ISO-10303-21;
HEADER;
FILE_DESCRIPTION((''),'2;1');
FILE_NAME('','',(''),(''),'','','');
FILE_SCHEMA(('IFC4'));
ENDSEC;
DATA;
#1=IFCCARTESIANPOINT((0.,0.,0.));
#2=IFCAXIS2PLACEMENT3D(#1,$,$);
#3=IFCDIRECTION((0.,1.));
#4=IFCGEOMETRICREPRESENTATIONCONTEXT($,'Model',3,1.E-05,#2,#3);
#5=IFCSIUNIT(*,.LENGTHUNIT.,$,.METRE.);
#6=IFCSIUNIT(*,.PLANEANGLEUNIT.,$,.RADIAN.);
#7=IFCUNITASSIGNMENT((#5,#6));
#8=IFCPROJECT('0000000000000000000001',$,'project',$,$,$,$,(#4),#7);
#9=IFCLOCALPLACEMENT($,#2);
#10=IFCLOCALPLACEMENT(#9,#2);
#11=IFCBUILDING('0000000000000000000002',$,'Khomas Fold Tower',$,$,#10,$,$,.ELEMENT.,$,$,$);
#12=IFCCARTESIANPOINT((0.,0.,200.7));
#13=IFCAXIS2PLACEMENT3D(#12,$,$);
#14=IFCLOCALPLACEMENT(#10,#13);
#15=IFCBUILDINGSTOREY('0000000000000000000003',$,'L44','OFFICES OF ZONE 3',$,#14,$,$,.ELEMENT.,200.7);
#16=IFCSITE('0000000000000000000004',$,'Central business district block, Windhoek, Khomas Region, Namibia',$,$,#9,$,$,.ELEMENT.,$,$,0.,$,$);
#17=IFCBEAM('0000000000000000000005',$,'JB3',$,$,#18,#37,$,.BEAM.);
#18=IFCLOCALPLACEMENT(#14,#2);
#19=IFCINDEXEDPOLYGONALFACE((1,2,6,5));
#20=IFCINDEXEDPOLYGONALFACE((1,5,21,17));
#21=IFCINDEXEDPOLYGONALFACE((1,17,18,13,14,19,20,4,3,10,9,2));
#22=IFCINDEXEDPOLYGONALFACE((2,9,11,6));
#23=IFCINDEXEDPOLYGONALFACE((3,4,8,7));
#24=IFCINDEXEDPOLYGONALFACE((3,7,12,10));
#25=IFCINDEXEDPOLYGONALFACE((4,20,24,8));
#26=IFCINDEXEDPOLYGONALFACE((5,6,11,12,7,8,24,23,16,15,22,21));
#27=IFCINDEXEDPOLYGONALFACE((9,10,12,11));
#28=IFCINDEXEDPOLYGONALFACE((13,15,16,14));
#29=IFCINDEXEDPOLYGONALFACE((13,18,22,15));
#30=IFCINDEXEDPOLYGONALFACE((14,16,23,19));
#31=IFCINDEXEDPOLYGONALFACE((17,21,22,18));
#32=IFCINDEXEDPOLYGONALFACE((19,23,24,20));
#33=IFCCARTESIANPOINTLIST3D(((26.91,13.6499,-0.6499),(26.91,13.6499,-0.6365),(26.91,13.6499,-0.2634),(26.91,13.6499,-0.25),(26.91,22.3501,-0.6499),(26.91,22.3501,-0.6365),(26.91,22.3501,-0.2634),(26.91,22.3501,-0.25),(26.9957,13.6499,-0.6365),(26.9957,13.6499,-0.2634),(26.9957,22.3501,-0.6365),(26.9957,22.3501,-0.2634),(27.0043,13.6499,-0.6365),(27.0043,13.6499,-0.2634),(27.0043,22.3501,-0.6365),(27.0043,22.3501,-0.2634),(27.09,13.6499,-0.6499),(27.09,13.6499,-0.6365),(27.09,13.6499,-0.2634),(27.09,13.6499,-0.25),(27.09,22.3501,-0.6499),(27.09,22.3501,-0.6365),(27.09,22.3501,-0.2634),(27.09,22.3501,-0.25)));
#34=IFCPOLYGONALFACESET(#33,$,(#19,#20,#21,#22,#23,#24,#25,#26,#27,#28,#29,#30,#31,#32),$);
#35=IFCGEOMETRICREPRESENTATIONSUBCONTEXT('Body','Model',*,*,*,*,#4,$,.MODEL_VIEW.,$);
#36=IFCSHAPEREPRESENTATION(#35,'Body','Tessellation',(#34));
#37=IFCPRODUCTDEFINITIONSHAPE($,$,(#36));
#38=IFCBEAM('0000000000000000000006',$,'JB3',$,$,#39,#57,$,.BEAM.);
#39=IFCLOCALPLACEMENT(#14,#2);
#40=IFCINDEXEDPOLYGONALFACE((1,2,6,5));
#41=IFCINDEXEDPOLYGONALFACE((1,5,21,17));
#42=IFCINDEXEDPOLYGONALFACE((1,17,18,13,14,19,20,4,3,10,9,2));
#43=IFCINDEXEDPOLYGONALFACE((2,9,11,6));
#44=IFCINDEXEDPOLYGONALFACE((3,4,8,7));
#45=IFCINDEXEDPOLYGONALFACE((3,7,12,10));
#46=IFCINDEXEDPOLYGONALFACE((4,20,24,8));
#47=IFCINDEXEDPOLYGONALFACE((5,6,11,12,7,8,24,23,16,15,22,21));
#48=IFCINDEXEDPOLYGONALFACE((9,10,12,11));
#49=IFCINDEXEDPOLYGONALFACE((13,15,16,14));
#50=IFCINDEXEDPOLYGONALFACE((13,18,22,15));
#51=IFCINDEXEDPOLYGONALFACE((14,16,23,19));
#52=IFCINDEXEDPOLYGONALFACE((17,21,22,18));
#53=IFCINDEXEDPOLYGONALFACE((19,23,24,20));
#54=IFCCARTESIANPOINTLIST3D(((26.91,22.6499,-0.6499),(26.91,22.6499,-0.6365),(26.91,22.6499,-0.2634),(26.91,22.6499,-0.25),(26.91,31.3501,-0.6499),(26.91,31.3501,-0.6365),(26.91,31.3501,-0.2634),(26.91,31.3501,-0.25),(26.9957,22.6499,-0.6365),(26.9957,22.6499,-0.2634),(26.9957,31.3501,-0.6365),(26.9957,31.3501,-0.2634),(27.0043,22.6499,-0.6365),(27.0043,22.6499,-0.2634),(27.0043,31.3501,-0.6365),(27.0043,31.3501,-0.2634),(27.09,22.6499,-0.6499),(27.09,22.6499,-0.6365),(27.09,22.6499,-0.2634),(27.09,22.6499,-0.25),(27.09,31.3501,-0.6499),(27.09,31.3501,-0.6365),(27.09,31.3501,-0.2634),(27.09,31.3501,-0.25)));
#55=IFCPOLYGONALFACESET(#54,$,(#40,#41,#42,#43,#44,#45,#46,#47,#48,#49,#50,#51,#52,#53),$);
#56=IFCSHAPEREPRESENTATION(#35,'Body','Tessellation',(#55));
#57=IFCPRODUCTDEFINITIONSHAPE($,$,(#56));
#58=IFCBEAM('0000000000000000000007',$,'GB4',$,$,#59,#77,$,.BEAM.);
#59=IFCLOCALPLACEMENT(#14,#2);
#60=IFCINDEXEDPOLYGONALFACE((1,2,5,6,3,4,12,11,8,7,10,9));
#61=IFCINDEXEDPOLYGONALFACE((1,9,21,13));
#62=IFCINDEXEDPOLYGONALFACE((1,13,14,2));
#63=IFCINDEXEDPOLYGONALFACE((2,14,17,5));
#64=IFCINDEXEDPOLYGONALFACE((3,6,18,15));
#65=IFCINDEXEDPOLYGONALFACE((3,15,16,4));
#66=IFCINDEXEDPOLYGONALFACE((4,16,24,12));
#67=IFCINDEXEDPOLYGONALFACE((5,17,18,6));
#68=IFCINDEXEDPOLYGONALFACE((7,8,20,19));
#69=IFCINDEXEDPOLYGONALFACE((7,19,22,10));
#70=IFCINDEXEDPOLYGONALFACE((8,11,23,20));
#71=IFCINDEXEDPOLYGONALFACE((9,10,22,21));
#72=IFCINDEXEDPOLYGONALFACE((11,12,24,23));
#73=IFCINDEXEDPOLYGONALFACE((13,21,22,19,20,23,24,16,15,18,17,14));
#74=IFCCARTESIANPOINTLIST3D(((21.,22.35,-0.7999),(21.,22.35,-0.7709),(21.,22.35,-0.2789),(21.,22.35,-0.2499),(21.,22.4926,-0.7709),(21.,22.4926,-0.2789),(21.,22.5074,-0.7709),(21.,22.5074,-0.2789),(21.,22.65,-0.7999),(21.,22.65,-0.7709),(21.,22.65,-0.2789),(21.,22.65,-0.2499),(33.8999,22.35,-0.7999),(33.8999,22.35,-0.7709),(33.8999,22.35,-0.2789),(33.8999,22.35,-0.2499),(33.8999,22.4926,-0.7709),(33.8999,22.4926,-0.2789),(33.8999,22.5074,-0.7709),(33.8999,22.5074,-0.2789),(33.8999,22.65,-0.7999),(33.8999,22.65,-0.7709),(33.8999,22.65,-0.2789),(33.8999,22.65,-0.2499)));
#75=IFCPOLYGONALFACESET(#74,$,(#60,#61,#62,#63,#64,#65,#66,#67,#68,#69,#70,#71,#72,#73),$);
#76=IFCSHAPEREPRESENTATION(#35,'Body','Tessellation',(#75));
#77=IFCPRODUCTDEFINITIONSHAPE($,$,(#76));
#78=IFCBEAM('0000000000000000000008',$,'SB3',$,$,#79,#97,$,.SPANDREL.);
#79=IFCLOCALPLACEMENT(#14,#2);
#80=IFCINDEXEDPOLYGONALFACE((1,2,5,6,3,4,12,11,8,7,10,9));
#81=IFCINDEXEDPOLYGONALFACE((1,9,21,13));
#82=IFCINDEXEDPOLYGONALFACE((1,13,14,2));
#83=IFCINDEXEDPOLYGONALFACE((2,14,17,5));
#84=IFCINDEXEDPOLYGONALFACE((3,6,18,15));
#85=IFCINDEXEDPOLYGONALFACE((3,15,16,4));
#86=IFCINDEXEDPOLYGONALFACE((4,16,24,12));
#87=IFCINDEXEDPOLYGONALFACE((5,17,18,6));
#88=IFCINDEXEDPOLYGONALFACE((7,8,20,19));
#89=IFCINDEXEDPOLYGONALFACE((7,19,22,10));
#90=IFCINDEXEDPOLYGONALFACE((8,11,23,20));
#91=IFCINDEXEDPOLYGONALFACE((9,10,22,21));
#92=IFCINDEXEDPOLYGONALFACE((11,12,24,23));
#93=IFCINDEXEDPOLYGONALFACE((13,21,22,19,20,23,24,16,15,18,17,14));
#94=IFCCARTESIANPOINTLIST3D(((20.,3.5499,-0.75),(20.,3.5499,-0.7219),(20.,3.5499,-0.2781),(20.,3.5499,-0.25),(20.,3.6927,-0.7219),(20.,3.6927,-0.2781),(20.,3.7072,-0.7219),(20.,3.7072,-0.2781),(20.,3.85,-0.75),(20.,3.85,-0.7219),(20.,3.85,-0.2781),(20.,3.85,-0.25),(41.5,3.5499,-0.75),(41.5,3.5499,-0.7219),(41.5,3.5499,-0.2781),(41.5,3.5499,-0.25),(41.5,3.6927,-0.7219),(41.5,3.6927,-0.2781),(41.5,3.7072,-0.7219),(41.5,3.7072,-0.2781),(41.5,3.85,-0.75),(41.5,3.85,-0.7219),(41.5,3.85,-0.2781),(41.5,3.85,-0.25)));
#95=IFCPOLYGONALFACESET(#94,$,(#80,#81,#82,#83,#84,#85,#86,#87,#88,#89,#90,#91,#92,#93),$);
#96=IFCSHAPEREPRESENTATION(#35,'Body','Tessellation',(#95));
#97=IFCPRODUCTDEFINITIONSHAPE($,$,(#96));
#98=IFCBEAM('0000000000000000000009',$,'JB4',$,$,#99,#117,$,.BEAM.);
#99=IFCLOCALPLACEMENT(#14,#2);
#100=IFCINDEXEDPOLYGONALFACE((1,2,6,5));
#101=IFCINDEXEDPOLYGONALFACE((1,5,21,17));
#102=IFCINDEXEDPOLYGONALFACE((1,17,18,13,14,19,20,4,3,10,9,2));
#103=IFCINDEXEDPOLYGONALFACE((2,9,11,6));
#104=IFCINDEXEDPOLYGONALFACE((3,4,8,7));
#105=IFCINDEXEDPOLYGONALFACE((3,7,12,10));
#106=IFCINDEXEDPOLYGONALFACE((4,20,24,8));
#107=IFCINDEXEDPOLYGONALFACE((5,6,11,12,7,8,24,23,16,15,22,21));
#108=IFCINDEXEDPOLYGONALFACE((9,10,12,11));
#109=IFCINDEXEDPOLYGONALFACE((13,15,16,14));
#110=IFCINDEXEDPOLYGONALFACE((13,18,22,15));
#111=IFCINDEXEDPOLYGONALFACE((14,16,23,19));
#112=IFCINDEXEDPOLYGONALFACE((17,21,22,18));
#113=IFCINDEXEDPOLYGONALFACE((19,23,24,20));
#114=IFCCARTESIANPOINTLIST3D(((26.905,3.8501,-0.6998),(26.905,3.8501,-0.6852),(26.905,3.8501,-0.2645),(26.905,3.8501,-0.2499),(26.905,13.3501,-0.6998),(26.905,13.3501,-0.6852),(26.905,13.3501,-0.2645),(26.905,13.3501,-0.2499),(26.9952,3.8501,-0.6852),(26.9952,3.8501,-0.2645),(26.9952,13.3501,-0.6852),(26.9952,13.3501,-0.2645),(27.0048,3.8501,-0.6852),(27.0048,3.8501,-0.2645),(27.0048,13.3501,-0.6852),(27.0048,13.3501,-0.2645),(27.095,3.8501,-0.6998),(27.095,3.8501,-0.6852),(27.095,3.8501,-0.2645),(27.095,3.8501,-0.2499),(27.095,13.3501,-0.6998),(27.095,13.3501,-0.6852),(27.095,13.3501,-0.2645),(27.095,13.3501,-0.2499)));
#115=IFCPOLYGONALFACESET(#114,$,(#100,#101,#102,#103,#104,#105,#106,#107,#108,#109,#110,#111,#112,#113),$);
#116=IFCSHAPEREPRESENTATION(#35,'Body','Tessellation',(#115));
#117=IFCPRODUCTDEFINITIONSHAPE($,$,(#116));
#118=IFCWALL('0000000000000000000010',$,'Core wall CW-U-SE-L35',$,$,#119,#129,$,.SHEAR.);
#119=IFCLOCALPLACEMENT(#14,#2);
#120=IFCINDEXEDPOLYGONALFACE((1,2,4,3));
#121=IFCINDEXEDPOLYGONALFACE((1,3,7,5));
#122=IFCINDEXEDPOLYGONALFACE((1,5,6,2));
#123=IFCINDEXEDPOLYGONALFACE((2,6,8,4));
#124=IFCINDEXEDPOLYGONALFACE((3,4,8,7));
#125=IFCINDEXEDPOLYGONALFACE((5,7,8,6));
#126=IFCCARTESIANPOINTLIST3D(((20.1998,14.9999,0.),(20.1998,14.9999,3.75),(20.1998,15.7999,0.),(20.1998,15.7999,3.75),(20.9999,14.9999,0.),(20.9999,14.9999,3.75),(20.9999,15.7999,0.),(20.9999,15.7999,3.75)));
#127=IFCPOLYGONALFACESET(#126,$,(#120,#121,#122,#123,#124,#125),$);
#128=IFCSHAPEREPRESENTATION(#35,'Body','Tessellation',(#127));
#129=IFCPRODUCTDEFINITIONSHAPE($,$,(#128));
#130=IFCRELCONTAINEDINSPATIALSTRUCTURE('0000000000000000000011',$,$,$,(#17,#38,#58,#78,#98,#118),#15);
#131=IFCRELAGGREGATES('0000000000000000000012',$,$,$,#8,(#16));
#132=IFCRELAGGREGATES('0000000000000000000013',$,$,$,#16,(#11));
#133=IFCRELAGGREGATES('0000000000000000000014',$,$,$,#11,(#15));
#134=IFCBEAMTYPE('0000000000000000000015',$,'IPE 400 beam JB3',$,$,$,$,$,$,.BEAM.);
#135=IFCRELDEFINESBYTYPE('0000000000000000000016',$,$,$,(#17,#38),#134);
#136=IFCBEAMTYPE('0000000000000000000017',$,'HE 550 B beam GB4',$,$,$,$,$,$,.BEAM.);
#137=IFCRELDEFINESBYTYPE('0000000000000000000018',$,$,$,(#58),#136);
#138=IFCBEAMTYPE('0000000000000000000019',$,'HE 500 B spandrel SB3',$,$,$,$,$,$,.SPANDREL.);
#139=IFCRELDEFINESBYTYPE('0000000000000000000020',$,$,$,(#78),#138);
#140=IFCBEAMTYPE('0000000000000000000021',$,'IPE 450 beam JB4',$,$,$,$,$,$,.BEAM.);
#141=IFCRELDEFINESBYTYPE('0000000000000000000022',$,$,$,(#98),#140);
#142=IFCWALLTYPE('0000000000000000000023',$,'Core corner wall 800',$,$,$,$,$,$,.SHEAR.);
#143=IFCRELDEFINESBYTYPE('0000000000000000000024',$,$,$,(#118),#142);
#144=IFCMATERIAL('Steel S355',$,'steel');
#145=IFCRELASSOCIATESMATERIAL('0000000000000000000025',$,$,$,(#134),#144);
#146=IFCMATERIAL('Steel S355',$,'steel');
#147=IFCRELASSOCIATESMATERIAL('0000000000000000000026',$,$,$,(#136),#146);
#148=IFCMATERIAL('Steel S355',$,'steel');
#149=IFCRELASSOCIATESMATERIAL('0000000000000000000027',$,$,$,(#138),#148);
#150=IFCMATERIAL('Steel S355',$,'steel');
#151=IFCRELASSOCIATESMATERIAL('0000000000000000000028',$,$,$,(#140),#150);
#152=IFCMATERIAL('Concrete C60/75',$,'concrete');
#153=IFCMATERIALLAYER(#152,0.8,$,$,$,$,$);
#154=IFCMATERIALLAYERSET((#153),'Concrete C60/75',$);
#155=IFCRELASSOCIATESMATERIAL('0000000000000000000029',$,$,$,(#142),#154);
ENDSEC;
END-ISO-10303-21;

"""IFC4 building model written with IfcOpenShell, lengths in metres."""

from ifc_helpers import new_model, si_unit, direction, frame, frame_2d, origin, origin_2d, place, context, subcontext, project, spatial, rectangle, i_section, extrude, source, transform, mapped, material, layer, layer_set, material_profile, profile_set, type_object, element, save


model = new_model("IFC4")

# Units and contexts
model_context = context("Model", 3, precision=1e-05, world=origin(), true_north=direction((0.0, 1.0)))
body_context = subcontext(model_context, "Body", "Model", "MODEL_VIEW")
ifc_project = project(units=[si_unit("LENGTHUNIT", "METRE"), si_unit("PLANEANGLEUNIT", "RADIAN")], contexts=[model_context])

# Site, building, storey
site_placement = place(None, origin())
site = spatial("IfcSite", under=ifc_project, at=site_placement, Name="Central business district block, Windhoek, Khomas Region, Namibia", CompositionType="ELEMENT", RefElevation=0.0)
building_placement = place(site_placement, origin())
building = spatial("IfcBuilding", under=site, at=building_placement, Name="Khomas Fold Tower", CompositionType="ELEMENT")
storey_placement = place(building_placement, frame((0.0, 0.0, 200.7)))
storey = spatial("IfcBuildingStorey", under=building, at=storey_placement, Name="L44", Description="OFFICES OF ZONE 3", CompositionType="ELEMENT", Elevation=200.7)

# Beams
ifc_material_1 = material(Name="Steel S355", Category="steel")
ifc_material_profile_1 = material_profile(ifc_material_1, i_section(OverallWidth=0.1799, OverallDepth=0.3999, WebThickness=0.0085, FlangeThickness=0.0134, at=origin_2d()), Name="IPE 400")
ifc_profile_set_1 = profile_set([ifc_material_profile_1], Name="Steel S355")
beam_type_1 = type_object("IfcBeamType", Name="IPE 400 beam JB3", PredefinedType="BEAM", material=ifc_profile_set_1)
shared_shape_1 = source(origin(), body_context, "Body", "SweptSolid", [
    extrude(i_section(OverallWidth=0.1799, OverallDepth=0.3999, WebThickness=0.0085, FlangeThickness=0.0134, at=origin_2d()), origin(), (0.0, 0.0, 1.0), 8.7002),
])
for number, where, z_axis, x_axis, name in (
    (1, (27.0, 13.6499, -0.45), (0.0, 1.0, 0.0), (-1.0, 0.0, 0.0), "JB3"),
    (2, (27.0, 22.6499, -0.45), (0.0, 1.0, 0.0), (-1.0, 0.0, 0.0), "JB3"),
):
    element("IfcBeam", number, at=place(storey_placement, frame(where, z_axis=z_axis, x_axis=x_axis)), inside=storey, type_object=beam_type_1, Name=name, PredefinedType="BEAM", context=body_context, shape_type="MappedRepresentation", body=[
        mapped(shared_shape_1, transform((0.0, 0.0, 0.0))),
    ])
ifc_material_2 = material(Name="Steel S355", Category="steel")
ifc_material_profile_2 = material_profile(ifc_material_2, i_section(OverallWidth=0.3, OverallDepth=0.55, WebThickness=0.0149, FlangeThickness=0.0291, at=origin_2d()), Name="HE 550 B")
ifc_profile_set_2 = profile_set([ifc_material_profile_2], Name="Steel S355")
beam_type_2 = type_object("IfcBeamType", Name="HE 550 B beam GB4", PredefinedType="BEAM", material=ifc_profile_set_2)
shared_shape_2 = source(origin(), body_context, "Body", "SweptSolid", [
    extrude(i_section(OverallWidth=0.3, OverallDepth=0.55, WebThickness=0.0149, FlangeThickness=0.0291, at=origin_2d()), origin(), (0.0, 0.0, 1.0), 12.8999),
])
beam_1_placement = place(storey_placement, frame((21.0, 22.5, -0.5249), z_axis=(1.0, 0.0, 0.0), x_axis=(0.0, 1.0, 0.0)))
element("IfcBeam", 3, at=beam_1_placement, inside=storey, type_object=beam_type_2, Name="GB4", PredefinedType="BEAM", context=body_context, shape_type="MappedRepresentation", body=[
    mapped(shared_shape_2, transform((0.0, 0.0, 0.0))),
])
ifc_material_3 = material(Name="Steel S355", Category="steel")
ifc_material_profile_3 = material_profile(ifc_material_3, i_section(OverallWidth=0.3, OverallDepth=0.5, WebThickness=0.0144, FlangeThickness=0.0281, at=origin_2d()), Name="HE 500 B")
ifc_profile_set_3 = profile_set([ifc_material_profile_3], Name="Steel S355")
beam_type_3 = type_object("IfcBeamType", Name="HE 500 B spandrel SB3", PredefinedType="SPANDREL", material=ifc_profile_set_3)
shared_shape_3 = source(origin(), body_context, "Body", "SweptSolid", [
    extrude(i_section(OverallWidth=0.3, OverallDepth=0.5, WebThickness=0.0144, FlangeThickness=0.0281, at=origin_2d()), origin(), (0.0, 0.0, 1.0), 21.5),
])
beam_2_placement = place(storey_placement, frame((20.0, 3.7, -0.5), z_axis=(1.0, 0.0, 0.0), x_axis=(0.0, 1.0, 0.0)))
element("IfcBeam", 4, at=beam_2_placement, inside=storey, type_object=beam_type_3, Name="SB3", PredefinedType="SPANDREL", context=body_context, shape_type="MappedRepresentation", body=[
    mapped(shared_shape_3, transform((0.0, 0.0, 0.0))),
])
ifc_material_4 = material(Name="Steel S355", Category="steel")
ifc_material_profile_4 = material_profile(ifc_material_4, i_section(OverallWidth=0.1899, OverallDepth=0.45, WebThickness=0.0095, FlangeThickness=0.0146, at=origin_2d()), Name="IPE 450")
ifc_profile_set_4 = profile_set([ifc_material_profile_4], Name="Steel S355")
beam_type_4 = type_object("IfcBeamType", Name="IPE 450 beam JB4", PredefinedType="BEAM", material=ifc_profile_set_4)
shared_shape_4 = source(origin(), body_context, "Body", "SweptSolid", [
    extrude(i_section(OverallWidth=0.1899, OverallDepth=0.45, WebThickness=0.0095, FlangeThickness=0.0146, at=origin_2d()), origin(), (0.0, 0.0, 1.0), 9.5),
])
beam_3_placement = place(storey_placement, frame((27.0, 3.8501, -0.4749), z_axis=(0.0, 1.0, 0.0), x_axis=(-1.0, 0.0, 0.0)))
element("IfcBeam", 5, at=beam_3_placement, inside=storey, type_object=beam_type_4, Name="JB4", PredefinedType="BEAM", context=body_context, shape_type="MappedRepresentation", body=[
    mapped(shared_shape_4, transform((0.0, 0.0, 0.0))),
])

# Wall
ifc_material_5 = material(Name="Concrete C60/75", Category="concrete")
ifc_layer_1 = layer(ifc_material_5, 0.8)
ifc_layer_set_1 = layer_set([ifc_layer_1], Name="Concrete C60/75")
wall_type_1 = type_object("IfcWallType", Name="Core corner wall 800", PredefinedType="SHEAR", material=ifc_layer_set_1)
shared_shape_5 = source(origin(), body_context, "Body", "SweptSolid", [
    extrude(rectangle(XDim=0.8, YDim=0.8, at=frame_2d((0.3999, 0.0))), origin(), (0.0, 0.0, 1.0), 3.75),
])
wall_1_placement = place(storey_placement, frame((20.2, 15.3999, 0.0), z_axis=(0.0, 0.0, 1.0), x_axis=(1.0, 0.0, 0.0)))
element("IfcWall", 6, at=wall_1_placement, inside=storey, type_object=wall_type_1, Name="Core wall CW-U-SE-L35", PredefinedType="SHEAR", context=body_context, shape_type="MappedRepresentation", body=[
    mapped(shared_shape_5, transform((0.0, 0.0, 0.0))),
])

save(model, "model.ifc")
